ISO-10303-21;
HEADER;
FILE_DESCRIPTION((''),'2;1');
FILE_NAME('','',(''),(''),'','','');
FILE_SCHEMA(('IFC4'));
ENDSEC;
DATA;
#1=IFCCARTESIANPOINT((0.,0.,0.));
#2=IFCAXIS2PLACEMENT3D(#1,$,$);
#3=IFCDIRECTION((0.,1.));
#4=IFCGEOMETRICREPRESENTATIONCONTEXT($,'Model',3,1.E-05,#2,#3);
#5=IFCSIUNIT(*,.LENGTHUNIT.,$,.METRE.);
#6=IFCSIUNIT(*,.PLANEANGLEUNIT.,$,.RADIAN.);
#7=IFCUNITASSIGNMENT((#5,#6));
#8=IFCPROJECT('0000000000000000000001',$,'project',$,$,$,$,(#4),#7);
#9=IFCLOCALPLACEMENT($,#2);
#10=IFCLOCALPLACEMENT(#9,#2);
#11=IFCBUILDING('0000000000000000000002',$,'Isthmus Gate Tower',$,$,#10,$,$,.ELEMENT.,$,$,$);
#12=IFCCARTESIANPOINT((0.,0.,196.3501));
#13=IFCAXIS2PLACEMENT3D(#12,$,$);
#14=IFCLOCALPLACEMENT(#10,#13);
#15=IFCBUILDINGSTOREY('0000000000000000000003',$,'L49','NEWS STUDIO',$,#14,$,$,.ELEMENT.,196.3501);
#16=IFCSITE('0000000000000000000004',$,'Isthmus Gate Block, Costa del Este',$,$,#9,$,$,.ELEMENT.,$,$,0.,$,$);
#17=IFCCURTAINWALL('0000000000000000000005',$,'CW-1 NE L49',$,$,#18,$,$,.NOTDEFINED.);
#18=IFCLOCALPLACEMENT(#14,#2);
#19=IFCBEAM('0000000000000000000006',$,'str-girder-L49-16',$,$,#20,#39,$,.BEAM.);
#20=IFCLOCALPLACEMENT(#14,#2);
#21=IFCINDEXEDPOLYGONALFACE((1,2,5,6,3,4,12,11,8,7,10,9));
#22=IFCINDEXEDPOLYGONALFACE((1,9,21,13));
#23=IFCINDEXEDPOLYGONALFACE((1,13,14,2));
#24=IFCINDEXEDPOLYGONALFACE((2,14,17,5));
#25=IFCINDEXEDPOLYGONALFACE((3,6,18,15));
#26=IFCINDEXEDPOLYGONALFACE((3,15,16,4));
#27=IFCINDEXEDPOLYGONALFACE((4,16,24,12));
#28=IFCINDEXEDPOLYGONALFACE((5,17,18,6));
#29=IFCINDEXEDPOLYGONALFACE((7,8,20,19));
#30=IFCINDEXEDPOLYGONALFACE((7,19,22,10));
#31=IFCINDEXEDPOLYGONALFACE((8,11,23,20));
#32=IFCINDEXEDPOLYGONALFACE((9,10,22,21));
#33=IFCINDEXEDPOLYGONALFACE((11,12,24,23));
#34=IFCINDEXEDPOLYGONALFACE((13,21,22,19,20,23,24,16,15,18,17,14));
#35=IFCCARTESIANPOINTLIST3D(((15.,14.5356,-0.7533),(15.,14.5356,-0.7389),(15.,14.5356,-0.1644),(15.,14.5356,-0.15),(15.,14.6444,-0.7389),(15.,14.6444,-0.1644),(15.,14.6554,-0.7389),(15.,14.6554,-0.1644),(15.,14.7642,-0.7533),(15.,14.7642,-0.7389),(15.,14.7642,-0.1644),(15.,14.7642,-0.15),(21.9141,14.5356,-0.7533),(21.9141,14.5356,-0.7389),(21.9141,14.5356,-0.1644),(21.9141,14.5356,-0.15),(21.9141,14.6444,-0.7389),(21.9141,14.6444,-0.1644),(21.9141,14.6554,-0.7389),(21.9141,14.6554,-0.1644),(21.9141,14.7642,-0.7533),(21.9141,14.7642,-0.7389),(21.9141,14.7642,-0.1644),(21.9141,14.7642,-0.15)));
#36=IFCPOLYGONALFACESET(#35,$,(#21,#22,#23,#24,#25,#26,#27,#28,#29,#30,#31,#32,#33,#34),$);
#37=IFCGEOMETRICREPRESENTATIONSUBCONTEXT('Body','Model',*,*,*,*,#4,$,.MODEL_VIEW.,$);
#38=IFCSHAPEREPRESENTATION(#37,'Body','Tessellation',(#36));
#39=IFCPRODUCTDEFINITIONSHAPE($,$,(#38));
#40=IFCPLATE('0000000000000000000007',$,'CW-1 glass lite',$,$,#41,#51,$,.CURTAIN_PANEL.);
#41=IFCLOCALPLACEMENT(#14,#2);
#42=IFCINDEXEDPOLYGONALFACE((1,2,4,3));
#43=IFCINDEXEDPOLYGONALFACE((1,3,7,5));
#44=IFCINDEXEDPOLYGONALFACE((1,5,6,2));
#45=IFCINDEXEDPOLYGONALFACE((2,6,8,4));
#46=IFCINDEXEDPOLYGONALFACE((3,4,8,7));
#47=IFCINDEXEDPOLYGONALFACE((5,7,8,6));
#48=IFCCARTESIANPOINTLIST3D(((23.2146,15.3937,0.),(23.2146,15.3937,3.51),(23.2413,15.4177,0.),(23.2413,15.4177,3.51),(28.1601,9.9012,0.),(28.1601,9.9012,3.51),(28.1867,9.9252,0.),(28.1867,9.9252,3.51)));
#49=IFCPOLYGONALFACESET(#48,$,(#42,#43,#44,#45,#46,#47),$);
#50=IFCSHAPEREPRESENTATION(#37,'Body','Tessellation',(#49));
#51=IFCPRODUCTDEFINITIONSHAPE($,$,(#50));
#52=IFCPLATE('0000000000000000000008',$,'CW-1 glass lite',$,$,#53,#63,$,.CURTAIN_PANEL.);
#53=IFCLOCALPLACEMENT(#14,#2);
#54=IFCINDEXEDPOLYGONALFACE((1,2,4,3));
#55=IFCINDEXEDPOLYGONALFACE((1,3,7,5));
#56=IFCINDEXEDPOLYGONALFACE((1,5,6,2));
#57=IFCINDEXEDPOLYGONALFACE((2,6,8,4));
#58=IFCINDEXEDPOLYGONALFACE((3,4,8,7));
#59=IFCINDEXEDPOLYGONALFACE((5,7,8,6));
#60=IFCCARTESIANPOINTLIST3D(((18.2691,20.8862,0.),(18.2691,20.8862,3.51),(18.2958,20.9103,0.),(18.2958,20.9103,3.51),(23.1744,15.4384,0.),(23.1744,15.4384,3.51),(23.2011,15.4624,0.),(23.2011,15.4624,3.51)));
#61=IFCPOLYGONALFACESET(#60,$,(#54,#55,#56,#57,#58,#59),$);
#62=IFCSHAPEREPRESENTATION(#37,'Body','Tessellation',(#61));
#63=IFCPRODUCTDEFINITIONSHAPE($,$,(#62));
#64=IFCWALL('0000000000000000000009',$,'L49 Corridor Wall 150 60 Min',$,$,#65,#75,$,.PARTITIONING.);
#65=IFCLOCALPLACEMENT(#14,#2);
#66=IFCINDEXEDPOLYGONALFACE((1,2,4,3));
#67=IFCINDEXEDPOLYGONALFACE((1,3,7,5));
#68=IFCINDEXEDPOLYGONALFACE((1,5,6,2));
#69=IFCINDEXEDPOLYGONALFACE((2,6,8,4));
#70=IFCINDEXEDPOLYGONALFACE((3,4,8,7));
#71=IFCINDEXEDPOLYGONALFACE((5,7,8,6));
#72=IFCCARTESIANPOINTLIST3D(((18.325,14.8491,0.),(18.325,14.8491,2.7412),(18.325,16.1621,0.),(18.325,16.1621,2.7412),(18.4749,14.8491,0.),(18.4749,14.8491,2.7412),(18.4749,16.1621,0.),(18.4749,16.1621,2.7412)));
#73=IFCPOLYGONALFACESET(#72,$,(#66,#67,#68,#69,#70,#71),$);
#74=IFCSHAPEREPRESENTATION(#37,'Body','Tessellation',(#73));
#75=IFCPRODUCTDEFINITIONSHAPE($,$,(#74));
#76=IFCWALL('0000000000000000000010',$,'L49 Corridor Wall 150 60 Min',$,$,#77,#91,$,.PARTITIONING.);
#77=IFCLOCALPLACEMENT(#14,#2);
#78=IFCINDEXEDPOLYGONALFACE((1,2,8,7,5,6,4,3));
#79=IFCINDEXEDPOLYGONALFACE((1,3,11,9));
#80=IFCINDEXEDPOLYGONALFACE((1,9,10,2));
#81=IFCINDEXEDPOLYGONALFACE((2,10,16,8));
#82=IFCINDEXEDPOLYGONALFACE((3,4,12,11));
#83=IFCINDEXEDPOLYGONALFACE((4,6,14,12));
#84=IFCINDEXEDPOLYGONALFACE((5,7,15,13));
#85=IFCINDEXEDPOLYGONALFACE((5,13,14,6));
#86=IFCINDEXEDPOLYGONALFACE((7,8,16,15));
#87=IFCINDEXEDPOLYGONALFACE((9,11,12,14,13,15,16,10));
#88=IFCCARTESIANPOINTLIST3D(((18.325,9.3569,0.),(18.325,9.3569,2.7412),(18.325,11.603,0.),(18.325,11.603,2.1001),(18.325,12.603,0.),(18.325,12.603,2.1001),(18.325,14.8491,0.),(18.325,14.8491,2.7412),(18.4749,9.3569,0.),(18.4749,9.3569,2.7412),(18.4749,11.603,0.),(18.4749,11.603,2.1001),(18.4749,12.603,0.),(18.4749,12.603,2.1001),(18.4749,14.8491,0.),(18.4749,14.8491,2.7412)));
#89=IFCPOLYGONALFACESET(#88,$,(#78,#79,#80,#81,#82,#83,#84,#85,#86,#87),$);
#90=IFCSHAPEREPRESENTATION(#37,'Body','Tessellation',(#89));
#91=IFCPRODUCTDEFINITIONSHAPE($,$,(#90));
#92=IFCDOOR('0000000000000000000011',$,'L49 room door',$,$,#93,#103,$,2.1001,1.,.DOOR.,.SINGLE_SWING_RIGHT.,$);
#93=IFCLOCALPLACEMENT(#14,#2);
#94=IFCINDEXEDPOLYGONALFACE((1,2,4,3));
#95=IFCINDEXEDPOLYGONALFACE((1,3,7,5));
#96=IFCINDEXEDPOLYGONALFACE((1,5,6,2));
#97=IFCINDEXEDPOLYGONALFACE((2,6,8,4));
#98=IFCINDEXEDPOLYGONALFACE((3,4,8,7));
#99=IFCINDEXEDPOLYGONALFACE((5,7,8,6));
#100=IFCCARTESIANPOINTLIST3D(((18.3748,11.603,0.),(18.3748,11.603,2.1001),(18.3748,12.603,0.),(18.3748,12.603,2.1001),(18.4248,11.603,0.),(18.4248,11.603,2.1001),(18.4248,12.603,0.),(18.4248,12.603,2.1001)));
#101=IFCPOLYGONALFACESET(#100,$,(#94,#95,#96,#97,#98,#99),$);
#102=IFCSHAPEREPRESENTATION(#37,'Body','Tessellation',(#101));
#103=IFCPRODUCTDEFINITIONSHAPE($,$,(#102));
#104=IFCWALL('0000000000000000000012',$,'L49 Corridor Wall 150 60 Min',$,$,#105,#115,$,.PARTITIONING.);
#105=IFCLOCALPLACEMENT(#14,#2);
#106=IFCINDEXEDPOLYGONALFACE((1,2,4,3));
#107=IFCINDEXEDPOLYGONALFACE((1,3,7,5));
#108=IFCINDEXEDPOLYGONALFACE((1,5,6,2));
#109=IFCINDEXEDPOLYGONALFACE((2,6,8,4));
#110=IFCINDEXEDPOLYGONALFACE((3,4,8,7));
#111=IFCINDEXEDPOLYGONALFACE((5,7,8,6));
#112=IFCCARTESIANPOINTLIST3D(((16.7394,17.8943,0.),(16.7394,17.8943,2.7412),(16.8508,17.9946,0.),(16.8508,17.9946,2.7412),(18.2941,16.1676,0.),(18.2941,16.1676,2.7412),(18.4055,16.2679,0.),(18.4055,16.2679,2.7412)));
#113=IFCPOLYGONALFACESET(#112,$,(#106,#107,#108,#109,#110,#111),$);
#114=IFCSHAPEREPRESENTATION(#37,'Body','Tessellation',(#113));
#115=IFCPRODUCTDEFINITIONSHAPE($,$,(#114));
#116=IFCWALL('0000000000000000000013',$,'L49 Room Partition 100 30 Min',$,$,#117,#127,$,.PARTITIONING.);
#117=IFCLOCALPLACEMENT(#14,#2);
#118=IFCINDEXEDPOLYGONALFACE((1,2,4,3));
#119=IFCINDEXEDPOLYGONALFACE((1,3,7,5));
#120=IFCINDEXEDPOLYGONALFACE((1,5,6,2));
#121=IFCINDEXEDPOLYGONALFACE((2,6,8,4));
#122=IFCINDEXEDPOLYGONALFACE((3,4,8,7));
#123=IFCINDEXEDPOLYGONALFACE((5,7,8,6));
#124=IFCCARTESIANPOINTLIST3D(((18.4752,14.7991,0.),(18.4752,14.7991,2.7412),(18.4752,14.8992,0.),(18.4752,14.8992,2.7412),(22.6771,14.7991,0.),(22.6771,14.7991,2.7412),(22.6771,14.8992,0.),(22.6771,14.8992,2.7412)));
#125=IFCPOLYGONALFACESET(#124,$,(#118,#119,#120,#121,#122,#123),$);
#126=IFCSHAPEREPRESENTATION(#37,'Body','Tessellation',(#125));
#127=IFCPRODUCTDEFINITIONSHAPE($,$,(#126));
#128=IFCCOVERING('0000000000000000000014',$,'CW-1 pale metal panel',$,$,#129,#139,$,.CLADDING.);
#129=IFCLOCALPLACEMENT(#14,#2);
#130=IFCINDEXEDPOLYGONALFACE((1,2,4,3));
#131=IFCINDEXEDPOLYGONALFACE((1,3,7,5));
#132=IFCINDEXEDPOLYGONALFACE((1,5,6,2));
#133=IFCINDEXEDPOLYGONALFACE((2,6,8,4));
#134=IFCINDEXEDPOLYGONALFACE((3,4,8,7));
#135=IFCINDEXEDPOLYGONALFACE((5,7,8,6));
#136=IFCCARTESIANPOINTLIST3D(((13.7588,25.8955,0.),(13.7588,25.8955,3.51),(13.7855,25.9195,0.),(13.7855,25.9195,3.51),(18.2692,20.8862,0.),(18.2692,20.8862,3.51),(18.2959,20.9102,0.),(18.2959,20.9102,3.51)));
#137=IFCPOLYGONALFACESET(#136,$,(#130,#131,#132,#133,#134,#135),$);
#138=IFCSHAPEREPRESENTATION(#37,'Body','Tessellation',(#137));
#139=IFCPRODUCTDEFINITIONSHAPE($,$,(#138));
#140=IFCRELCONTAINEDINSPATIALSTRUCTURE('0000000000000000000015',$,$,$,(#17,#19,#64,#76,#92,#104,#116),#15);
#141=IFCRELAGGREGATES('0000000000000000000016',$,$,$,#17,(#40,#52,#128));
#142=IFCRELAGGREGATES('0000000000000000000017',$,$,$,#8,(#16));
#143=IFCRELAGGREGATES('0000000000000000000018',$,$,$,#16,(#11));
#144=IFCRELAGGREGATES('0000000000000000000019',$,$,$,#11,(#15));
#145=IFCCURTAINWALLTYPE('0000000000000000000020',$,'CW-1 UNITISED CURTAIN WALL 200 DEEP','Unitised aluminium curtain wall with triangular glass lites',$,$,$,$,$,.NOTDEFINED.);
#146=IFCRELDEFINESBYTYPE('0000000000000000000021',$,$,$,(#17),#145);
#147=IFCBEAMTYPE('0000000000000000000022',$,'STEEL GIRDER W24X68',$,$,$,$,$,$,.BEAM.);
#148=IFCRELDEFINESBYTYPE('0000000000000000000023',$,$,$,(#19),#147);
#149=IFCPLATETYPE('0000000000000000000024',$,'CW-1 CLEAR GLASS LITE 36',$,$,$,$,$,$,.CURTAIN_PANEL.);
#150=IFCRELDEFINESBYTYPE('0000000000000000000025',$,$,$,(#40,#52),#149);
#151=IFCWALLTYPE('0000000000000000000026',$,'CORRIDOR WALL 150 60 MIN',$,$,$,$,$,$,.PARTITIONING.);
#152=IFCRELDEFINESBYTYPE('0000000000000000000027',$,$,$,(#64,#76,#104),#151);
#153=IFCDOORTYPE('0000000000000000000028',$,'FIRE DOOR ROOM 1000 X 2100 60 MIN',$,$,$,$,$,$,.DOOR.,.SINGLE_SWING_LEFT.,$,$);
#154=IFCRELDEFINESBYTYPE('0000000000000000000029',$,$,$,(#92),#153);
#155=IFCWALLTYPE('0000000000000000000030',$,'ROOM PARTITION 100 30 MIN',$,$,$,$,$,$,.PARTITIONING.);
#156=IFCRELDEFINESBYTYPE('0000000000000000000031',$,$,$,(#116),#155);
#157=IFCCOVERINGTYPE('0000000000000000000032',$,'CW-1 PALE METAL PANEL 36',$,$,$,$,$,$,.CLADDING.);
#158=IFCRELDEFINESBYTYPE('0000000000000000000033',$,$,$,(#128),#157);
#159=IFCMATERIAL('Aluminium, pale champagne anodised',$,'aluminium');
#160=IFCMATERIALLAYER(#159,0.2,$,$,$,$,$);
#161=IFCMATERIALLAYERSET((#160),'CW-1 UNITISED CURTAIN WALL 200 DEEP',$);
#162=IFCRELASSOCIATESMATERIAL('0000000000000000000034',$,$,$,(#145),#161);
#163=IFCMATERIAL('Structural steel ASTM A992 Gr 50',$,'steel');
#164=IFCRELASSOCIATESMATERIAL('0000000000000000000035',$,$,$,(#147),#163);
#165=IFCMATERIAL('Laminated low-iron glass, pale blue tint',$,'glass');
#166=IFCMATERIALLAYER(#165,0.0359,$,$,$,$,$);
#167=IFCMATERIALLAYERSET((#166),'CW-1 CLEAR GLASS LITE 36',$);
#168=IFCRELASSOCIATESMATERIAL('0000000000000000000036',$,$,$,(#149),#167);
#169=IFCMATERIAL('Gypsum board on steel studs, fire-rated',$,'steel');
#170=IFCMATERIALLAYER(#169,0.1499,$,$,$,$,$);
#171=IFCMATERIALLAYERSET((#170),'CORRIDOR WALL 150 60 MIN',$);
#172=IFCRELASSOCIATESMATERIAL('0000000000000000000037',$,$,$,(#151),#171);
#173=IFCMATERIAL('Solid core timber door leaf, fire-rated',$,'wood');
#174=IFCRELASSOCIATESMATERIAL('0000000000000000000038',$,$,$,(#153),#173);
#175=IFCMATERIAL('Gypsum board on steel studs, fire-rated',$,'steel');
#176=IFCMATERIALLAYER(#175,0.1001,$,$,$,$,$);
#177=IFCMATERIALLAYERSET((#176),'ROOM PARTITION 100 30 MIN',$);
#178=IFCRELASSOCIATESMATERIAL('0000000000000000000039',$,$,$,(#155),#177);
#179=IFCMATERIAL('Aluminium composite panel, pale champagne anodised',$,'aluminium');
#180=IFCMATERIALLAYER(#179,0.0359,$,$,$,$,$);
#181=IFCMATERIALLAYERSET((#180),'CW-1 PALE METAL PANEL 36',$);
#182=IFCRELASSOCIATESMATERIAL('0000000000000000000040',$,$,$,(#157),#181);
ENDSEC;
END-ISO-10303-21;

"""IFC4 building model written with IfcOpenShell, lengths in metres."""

from ifc_helpers import new_model, si_unit, direction, frame, frame_2d, origin, origin_2d, place, context, subcontext, project, spatial, rectangle, i_section, extrude, material, layer, layer_set, material_profile, profile_set, type_object, element, fill, aggregate, save


model = new_model("IFC4")

# Units and contexts
model_context = context("Model", 3, precision=1e-05, world=origin(), true_north=direction((0.0, 1.0)))
body_context = subcontext(model_context, "Body", "Model", "MODEL_VIEW")
ifc_project = project(units=[si_unit("LENGTHUNIT", "METRE"), si_unit("PLANEANGLEUNIT", "RADIAN")], contexts=[model_context])

# Site, building, storey
site_placement = place(None, origin())
site = spatial("IfcSite", under=ifc_project, at=site_placement, Name="Isthmus Gate Block, Costa del Este", CompositionType="ELEMENT", RefElevation=0.0)
building_placement = place(site_placement, origin())
building = spatial("IfcBuilding", under=site, at=building_placement, Name="Isthmus Gate Tower", CompositionType="ELEMENT")
storey_placement = place(building_placement, frame((0.0, 0.0, 196.3501)))
storey = spatial("IfcBuildingStorey", under=building, at=storey_placement, Name="L49", Description="NEWS STUDIO", CompositionType="ELEMENT", Elevation=196.3501)

# Curtain wall
ifc_material_1 = material(Name="Aluminium, pale champagne anodised", Category="aluminium")
ifc_layer_1 = layer(ifc_material_1, 0.2)
ifc_layer_set_1 = layer_set([ifc_layer_1], Name="CW-1 UNITISED CURTAIN WALL 200 DEEP")
curtain_wall_type = type_object("IfcCurtainWallType", Name="CW-1 UNITISED CURTAIN WALL 200 DEEP", Description="Unitised aluminium curtain wall with triangular glass lites", PredefinedType="NOTDEFINED", material=ifc_layer_set_1)
curtain_wall_1_placement = place(storey_placement, origin())
curtain_wall_1 = element("IfcCurtainWall", 1, at=curtain_wall_1_placement, inside=storey, type_object=curtain_wall_type, Name="CW-1 NE L49", PredefinedType="NOTDEFINED")

# Beam
ifc_material_2 = material(Name="Structural steel ASTM A992 Gr 50", Category="steel")
ifc_material_profile_1 = material_profile(ifc_material_2, i_section(OverallWidth=0.2285, OverallDepth=0.6033, WebThickness=0.011, FlangeThickness=0.0144, at=origin_2d()), Name="W24X68")
ifc_profile_set_1 = profile_set([ifc_material_profile_1], Name="Structural steel ASTM A992 Gr 50")
beam_type_1 = type_object("IfcBeamType", Name="STEEL GIRDER W24X68", PredefinedType="BEAM", material=ifc_profile_set_1)
beam_1_placement = place(storey_placement, frame((15.0, 14.6499, -0.4517), z_axis=(1.0, 0.0, 0.0), x_axis=(0.0, 1.0, 0.0)))
element("IfcBeam", 2, at=beam_1_placement, inside=storey, type_object=beam_type_1, Name="str-girder-L49-16", PredefinedType="BEAM", context=body_context, shape_type="SweptSolid", body=[
    extrude(i_section(OverallWidth=0.2285, OverallDepth=0.6033, WebThickness=0.011, FlangeThickness=0.0144, at=origin_2d()), origin(), (0.0, 0.0, 1.0), 6.9141),
])

# Plates
ifc_material_3 = material(Name="Laminated low-iron glass, pale blue tint", Category="glass")
ifc_layer_2 = layer(ifc_material_3, 0.0359)
ifc_layer_set_2 = layer_set([ifc_layer_2], Name="CW-1 CLEAR GLASS LITE 36")
plate_type = type_object("IfcPlateType", Name="CW-1 CLEAR GLASS LITE 36", PredefinedType="CURTAIN_PANEL", material=ifc_layer_set_2)
plate_1_placement = place(storey_placement, frame((25.7007, 12.6594, 0.0), z_axis=(0.0, 0.0, 1.0), x_axis=(-0.669131, 0.743145, 0.0)))
plate_1 = element("IfcPlate", 3, at=plate_1_placement, type_object=plate_type, Name="CW-1 glass lite", PredefinedType="CURTAIN_PANEL", context=body_context, shape_type="SweptSolid", body=[
    extrude(rectangle(XDim=7.3909, YDim=0.0359, at=origin_2d()), origin(), (0.0, 0.0, 1.0), 3.51),
])
plate_2_placement = place(storey_placement, frame((20.7351, 18.1743, 0.0), z_axis=(0.0, 0.0, 1.0), x_axis=(-0.669131, 0.743145, 0.0)))
plate_2 = element("IfcPlate", 4, at=plate_2_placement, type_object=plate_type, Name="CW-1 glass lite", PredefinedType="CURTAIN_PANEL", context=body_context, shape_type="SweptSolid", body=[
    extrude(rectangle(XDim=7.3308, YDim=0.0359, at=origin_2d()), origin(), (0.0, 0.0, 1.0), 3.51),
])

# Wall
ifc_material_4 = material(Name="Gypsum board on steel studs, fire-rated", Category="steel")
ifc_layer_3 = layer(ifc_material_4, 0.1499)
ifc_layer_set_3 = layer_set([ifc_layer_3], Name="CORRIDOR WALL 150 60 MIN")
wall_type_1 = type_object("IfcWallType", Name="CORRIDOR WALL 150 60 MIN", PredefinedType="PARTITIONING", material=ifc_layer_set_3)
wall_1_placement = place(storey_placement, frame((18.3999, 16.1621, 0.0), z_axis=(0.0, 0.0, 1.0), x_axis=(0.0, -1.0, 0.0)))
element("IfcWall", 5, at=wall_1_placement, inside=storey, type_object=wall_type_1, Name="L49 Corridor Wall 150 60 Min", PredefinedType="PARTITIONING", context=body_context, shape_type="SweptSolid", body=[
    extrude(rectangle(XDim=1.313, YDim=0.1499, at=frame_2d((0.6565, 0.0))), origin(), (0.0, 0.0, 1.0), 2.7412),
])

# Wall, opening, door
wall_2_placement = place(storey_placement, frame((18.3999, 14.8491, 0.0), z_axis=(0.0, 0.0, 1.0), x_axis=(0.0, -1.0, 0.0)))
wall_2 = element("IfcWall", 6, at=wall_2_placement, inside=storey, type_object=wall_type_1, Name="L49 Corridor Wall 150 60 Min", PredefinedType="PARTITIONING", context=body_context, shape_type="SweptSolid", body=[
    extrude(rectangle(XDim=5.4922, YDim=0.1499, at=frame_2d((2.7461, 0.0))), origin(), (0.0, 0.0, 1.0), 2.7412),
])
opening_placement = place(wall_2_placement, frame((2.2461, 0.0, 0.0)))
opening = element("IfcOpeningElement", 7, at=opening_placement, cuts=wall_2, PredefinedType="OPENING", context=body_context, shape_type="SweptSolid", body=[
    extrude(rectangle(XDim=1.0, YDim=2.1001, at=frame_2d((0.5, 1.05))), frame((0.0, 0.085, 0.0), z_axis=(0.0, -1.0, 0.0), x_axis=(1.0, 0.0, 0.0)), (0.0, 0.0, 1.0), 0.1699),
])
ifc_material_5 = material(Name="Solid core timber door leaf, fire-rated", Category="wood")
door_type = type_object("IfcDoorType", Name="FIRE DOOR ROOM 1000 X 2100 60 MIN", OperationType="SINGLE_SWING_LEFT", PredefinedType="DOOR", material=ifc_material_5)
door_placement = place(opening_placement, origin())
door = element("IfcDoor", 8, at=door_placement, inside=storey, type_object=door_type, Name="L49 room door", OperationType="SINGLE_SWING_RIGHT", OverallHeight=2.1001, OverallWidth=1.0, PredefinedType="DOOR", context=body_context, shape_type="SweptSolid", body=[
    extrude(rectangle(XDim=1.0, YDim=2.1001, at=frame_2d((0.5, 1.05))), frame((0.0, 0.0249, 0.0), z_axis=(0.0, -1.0, 0.0), x_axis=(1.0, 0.0, 0.0)), (0.0, 0.0, 1.0), 0.05),
])
fill(opening, door)

# Walls
wall_3_placement = place(storey_placement, frame((16.7952, 17.9443, 0.0), z_axis=(0.0, 0.0, 1.0), x_axis=(0.66915, -0.743127, 0.0)))
element("IfcWall", 9, at=wall_3_placement, inside=storey, type_object=wall_type_1, Name="L49 Corridor Wall 150 60 Min", PredefinedType="PARTITIONING", context=body_context, shape_type="SweptSolid", body=[
    extrude(rectangle(XDim=2.3235, YDim=0.1499, at=frame_2d((1.1616, 0.0))), origin(), (0.0, 0.0, 1.0), 2.7412),
])
ifc_material_6 = material(Name="Gypsum board on steel studs, fire-rated", Category="steel")
ifc_layer_4 = layer(ifc_material_6, 0.1001)
ifc_layer_set_4 = layer_set([ifc_layer_4], Name="ROOM PARTITION 100 30 MIN")
wall_type_2 = type_object("IfcWallType", Name="ROOM PARTITION 100 30 MIN", PredefinedType="PARTITIONING", material=ifc_layer_set_4)
wall_4_placement = place(storey_placement, frame((18.4751, 14.8491, 0.0), z_axis=(0.0, 0.0, 1.0), x_axis=(1.0, 0.0, 0.0)))
element("IfcWall", 10, at=wall_4_placement, inside=storey, type_object=wall_type_2, Name="L49 Room Partition 100 30 Min", PredefinedType="PARTITIONING", context=body_context, shape_type="SweptSolid", body=[
    extrude(rectangle(XDim=4.2019, YDim=0.1001, at=frame_2d((2.1011, 0.0))), origin(), (0.0, 0.0, 1.0), 2.7412),
])

# Covering
ifc_material_7 = material(Name="Aluminium composite panel, pale champagne anodised", Category="aluminium")
ifc_layer_5 = layer(ifc_material_7, 0.0359)
ifc_layer_set_5 = layer_set([ifc_layer_5], Name="CW-1 PALE METAL PANEL 36")
covering_type = type_object("IfcCoveringType", Name="CW-1 PALE METAL PANEL 36", PredefinedType="CLADDING", material=ifc_layer_set_5)
covering_placement = place(storey_placement, frame((16.0273, 23.4028, 0.0), z_axis=(0.0, 0.0, 1.0), x_axis=(-0.669131, 0.743145, 0.0)))
covering = element("IfcCovering", 11, at=covering_placement, type_object=covering_type, Name="CW-1 pale metal panel", PredefinedType="CLADDING", context=body_context, shape_type="SweptSolid", body=[
    extrude(rectangle(XDim=6.7407, YDim=0.0359, at=origin_2d()), origin(), (0.0, 0.0, 1.0), 3.51),
])
aggregate(curtain_wall_1, [plate_1, plate_2, covering])

save(model, "model.ifc")
